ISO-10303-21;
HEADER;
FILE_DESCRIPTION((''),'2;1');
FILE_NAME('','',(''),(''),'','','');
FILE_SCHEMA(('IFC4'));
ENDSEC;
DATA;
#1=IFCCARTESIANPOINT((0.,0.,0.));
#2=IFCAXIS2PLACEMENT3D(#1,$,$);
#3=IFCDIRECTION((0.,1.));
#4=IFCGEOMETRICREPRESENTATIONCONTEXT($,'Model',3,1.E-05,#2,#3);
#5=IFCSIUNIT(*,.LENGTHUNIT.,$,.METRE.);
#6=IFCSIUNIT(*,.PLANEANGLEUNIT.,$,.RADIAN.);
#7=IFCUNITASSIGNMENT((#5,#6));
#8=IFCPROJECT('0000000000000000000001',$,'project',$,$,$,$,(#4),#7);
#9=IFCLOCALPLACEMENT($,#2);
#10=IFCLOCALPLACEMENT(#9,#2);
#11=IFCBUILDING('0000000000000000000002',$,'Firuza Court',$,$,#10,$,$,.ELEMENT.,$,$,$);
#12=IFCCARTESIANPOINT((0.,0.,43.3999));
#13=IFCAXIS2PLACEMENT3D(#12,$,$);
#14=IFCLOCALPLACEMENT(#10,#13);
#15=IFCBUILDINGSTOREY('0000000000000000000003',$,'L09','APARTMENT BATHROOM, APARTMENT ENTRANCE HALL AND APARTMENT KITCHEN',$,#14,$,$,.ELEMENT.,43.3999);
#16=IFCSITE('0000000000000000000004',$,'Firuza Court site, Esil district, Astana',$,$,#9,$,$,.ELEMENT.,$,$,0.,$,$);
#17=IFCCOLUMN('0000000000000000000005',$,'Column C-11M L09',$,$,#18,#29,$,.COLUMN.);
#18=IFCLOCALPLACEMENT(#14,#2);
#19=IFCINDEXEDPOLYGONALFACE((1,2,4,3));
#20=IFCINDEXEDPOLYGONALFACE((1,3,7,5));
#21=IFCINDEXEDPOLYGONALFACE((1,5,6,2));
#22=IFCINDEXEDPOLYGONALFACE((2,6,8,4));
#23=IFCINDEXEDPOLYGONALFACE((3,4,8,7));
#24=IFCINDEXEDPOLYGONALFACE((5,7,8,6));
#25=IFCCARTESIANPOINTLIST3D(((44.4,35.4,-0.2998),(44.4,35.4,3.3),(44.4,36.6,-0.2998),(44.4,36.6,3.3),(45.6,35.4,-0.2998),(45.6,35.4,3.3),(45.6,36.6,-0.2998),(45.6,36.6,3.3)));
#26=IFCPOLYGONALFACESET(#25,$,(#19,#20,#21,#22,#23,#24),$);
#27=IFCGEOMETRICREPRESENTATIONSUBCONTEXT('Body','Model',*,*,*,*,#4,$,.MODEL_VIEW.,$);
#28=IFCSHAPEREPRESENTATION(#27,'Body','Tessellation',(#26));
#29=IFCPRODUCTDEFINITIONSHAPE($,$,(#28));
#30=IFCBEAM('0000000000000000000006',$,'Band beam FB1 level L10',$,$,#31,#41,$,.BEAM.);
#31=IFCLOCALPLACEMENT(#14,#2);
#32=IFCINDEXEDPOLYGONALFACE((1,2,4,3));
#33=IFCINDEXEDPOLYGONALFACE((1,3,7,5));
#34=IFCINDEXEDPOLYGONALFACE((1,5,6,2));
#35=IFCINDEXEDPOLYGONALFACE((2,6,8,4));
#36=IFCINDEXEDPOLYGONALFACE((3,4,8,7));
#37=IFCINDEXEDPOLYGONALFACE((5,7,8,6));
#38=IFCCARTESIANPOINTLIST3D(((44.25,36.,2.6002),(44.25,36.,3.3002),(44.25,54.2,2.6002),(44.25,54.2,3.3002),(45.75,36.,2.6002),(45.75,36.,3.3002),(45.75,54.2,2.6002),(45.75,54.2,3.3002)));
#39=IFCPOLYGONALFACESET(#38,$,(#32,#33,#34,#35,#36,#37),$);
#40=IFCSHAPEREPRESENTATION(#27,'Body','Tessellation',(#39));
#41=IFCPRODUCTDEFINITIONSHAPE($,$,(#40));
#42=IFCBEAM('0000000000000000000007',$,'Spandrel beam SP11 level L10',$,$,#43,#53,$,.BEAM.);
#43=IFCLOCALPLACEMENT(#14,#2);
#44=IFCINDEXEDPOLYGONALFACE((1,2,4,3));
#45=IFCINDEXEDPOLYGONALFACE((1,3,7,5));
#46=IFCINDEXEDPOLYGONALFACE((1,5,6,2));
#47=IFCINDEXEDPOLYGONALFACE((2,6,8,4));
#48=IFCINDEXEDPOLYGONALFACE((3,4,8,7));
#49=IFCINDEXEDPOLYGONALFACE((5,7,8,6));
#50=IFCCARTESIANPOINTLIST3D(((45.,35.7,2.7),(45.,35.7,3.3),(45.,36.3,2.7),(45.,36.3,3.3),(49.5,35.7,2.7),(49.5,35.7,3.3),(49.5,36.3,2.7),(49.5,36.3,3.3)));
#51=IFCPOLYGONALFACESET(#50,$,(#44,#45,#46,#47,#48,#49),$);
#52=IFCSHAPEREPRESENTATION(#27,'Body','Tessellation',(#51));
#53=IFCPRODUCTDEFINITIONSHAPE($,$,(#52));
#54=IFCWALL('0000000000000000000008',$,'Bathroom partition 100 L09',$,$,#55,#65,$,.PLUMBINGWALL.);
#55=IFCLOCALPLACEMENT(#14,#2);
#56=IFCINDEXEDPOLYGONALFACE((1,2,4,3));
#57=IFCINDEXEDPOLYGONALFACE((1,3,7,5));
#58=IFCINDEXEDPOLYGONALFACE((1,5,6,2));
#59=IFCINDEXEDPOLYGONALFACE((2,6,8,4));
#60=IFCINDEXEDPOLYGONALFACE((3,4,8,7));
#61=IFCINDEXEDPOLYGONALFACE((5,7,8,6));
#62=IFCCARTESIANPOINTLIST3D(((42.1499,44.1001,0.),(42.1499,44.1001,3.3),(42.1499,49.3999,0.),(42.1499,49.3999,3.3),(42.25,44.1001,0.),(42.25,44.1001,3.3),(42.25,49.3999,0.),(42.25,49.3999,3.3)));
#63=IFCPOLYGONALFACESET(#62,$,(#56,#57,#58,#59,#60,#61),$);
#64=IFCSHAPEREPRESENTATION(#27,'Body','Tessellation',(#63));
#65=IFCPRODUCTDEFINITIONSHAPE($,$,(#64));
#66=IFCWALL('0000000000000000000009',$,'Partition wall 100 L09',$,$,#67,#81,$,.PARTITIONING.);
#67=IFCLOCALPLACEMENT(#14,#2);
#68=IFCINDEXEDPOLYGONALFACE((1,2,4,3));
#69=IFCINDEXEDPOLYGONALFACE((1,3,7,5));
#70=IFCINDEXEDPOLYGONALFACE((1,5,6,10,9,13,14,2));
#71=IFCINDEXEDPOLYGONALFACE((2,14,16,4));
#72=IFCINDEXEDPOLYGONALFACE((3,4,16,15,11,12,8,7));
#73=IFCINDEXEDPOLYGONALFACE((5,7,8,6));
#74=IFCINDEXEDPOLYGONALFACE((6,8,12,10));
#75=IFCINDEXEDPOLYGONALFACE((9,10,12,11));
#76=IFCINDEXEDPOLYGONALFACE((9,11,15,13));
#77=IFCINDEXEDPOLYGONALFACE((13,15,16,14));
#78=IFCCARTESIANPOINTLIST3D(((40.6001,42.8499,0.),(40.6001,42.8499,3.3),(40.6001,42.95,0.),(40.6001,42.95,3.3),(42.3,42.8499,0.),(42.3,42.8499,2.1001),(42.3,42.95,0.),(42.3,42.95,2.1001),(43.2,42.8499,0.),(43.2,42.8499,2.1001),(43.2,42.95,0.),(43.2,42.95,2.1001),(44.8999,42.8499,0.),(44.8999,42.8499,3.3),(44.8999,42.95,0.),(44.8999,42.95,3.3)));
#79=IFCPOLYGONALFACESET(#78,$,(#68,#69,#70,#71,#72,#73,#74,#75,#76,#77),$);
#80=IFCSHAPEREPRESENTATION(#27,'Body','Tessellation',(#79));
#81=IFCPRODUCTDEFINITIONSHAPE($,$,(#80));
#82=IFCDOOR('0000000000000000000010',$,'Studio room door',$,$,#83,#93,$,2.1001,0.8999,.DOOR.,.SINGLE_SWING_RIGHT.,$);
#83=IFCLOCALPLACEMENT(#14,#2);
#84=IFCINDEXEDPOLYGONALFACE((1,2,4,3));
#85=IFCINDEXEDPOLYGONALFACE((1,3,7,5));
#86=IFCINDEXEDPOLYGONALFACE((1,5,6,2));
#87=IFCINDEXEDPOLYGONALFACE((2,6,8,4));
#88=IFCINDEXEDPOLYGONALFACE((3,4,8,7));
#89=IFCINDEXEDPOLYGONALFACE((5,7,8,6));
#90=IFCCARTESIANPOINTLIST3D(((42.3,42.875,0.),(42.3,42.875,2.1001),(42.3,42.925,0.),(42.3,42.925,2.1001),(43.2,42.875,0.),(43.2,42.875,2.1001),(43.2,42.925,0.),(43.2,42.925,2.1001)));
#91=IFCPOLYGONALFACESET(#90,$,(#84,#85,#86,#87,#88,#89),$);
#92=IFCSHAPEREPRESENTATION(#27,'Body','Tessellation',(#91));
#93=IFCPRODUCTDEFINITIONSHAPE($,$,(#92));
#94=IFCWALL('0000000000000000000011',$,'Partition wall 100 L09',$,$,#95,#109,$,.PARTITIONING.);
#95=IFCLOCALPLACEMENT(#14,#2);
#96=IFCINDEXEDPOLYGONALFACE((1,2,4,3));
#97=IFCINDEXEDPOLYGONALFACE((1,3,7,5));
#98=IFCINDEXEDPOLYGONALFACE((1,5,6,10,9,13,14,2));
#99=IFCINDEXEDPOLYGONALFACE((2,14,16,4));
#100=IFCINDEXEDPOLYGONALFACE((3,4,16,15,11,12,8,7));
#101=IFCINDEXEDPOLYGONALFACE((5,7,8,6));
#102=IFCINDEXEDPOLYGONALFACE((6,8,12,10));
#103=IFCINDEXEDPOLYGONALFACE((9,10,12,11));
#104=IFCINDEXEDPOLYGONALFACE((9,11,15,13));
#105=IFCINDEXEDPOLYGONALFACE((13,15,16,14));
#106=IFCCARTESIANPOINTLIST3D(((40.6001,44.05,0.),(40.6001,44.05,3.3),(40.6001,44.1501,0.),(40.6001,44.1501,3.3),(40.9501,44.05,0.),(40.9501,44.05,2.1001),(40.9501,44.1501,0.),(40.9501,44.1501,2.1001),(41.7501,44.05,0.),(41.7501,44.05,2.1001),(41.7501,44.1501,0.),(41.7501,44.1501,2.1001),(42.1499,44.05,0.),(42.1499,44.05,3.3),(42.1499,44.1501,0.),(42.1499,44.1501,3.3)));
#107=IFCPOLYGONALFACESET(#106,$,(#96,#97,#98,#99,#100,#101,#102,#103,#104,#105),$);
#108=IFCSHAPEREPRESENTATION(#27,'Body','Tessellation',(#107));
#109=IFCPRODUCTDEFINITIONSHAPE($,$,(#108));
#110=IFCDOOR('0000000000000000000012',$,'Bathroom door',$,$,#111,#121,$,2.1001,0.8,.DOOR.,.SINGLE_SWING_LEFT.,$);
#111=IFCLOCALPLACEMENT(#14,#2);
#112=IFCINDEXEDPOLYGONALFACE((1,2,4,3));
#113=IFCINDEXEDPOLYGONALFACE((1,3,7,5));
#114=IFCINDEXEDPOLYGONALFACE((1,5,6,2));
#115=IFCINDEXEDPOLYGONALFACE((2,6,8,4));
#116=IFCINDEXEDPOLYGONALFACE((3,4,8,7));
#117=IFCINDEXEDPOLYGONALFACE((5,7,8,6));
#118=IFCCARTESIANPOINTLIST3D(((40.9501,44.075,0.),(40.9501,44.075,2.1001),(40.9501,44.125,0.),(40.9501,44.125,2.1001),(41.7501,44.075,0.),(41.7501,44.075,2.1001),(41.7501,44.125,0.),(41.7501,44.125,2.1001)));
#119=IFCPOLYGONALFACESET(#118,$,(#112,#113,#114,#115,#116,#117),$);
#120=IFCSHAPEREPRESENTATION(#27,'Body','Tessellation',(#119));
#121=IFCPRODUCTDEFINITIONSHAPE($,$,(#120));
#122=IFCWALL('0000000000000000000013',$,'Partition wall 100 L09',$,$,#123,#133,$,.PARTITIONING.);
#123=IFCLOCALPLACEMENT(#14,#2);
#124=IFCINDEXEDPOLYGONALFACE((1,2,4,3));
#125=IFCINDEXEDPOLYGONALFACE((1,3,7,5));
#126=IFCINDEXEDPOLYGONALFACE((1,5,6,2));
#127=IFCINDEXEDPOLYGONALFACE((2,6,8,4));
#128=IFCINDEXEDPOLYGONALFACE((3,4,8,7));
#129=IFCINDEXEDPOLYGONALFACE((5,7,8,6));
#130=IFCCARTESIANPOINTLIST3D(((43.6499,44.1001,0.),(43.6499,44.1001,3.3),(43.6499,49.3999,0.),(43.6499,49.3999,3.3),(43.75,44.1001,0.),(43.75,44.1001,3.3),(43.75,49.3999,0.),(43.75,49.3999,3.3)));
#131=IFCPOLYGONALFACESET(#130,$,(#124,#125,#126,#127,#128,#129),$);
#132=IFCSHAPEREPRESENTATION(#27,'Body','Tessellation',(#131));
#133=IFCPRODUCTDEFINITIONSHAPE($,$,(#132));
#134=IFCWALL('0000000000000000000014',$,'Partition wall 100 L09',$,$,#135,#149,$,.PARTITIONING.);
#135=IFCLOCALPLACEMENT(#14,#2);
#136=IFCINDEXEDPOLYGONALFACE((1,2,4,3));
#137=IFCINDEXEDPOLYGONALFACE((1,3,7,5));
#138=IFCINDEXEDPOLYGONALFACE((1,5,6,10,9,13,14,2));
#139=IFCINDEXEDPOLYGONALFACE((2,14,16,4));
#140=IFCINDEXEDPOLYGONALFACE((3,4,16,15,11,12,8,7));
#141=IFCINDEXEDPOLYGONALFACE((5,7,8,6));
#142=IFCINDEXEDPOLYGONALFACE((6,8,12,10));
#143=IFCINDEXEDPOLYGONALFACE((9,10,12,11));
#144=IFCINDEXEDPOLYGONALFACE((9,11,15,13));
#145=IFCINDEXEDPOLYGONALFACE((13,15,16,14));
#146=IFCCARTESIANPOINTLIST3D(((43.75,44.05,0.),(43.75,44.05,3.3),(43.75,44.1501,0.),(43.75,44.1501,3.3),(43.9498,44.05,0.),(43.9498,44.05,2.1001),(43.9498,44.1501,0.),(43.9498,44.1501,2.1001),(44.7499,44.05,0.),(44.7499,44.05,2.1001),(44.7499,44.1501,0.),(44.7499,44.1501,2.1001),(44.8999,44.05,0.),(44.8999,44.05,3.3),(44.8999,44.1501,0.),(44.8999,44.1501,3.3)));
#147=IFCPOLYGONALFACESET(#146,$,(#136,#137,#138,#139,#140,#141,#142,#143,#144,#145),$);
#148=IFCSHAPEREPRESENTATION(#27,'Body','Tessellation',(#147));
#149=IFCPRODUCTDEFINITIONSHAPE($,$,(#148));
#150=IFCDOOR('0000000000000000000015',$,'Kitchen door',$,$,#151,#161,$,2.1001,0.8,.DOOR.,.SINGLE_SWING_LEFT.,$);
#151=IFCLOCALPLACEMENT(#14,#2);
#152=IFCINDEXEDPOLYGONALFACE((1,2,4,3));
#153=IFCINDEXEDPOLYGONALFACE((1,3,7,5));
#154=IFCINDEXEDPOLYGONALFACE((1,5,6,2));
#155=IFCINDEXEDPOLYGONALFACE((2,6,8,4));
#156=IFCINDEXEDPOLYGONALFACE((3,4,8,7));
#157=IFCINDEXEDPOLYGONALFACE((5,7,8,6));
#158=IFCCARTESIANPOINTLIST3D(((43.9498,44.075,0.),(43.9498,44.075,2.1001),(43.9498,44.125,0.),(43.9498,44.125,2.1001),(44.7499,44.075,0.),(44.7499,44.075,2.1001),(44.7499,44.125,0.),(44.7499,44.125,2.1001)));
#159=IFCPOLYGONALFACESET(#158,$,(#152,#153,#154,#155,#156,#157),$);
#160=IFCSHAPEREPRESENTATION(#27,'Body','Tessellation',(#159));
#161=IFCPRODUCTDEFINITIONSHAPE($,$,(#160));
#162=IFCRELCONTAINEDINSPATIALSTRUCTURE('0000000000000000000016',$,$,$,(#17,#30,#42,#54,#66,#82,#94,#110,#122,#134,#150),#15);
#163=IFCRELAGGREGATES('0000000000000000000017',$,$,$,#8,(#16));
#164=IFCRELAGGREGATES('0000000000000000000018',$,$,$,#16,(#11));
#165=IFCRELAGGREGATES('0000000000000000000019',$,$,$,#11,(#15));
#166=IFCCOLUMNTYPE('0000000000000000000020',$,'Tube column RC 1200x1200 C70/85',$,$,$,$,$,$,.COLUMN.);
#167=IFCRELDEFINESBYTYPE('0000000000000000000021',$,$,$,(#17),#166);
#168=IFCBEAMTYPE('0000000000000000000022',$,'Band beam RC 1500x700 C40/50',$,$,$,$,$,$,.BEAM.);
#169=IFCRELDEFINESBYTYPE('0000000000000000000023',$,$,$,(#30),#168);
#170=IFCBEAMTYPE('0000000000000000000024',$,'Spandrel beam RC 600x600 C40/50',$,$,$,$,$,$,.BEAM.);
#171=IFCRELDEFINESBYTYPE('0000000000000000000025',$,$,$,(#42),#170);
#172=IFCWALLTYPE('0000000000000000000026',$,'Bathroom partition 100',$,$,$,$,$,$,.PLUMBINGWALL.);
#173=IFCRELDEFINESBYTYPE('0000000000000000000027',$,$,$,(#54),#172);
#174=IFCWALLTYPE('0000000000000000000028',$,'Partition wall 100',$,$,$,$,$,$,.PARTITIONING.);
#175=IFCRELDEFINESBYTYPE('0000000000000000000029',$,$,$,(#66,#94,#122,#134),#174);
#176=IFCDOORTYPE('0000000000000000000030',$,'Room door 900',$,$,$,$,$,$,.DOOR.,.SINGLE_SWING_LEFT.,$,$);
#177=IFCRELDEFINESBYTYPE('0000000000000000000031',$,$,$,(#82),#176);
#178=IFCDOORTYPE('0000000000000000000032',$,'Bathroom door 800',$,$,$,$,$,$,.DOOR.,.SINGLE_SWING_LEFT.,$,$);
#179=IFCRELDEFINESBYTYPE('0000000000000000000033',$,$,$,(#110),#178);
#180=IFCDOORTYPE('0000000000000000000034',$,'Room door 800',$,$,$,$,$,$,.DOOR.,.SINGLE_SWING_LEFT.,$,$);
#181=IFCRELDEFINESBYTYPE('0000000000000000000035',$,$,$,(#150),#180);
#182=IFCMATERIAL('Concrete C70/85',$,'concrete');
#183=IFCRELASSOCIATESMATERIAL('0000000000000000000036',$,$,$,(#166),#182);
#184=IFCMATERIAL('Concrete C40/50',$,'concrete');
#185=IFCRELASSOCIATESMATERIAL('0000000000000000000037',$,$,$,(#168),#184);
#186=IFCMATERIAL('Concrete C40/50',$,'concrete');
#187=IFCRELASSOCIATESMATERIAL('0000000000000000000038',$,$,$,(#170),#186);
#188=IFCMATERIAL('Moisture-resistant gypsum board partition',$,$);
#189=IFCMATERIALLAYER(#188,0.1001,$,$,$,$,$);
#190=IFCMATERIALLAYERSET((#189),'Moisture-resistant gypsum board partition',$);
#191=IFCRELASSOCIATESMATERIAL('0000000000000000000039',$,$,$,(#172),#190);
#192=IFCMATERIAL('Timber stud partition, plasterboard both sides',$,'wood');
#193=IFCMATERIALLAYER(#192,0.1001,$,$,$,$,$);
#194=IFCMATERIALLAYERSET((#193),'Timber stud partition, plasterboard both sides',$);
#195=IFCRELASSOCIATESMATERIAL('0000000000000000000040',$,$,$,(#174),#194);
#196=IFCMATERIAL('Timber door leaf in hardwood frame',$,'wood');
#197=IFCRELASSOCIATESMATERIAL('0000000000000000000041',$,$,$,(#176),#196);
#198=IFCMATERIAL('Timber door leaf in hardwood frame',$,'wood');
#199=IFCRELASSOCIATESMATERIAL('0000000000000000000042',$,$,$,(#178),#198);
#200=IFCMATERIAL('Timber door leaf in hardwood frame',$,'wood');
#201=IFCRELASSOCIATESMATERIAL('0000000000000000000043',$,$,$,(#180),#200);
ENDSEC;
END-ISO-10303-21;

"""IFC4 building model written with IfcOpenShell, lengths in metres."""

from ifc_helpers import new_model, si_unit, direction, frame, frame_2d, origin, origin_2d, place, context, subcontext, project, spatial, rectangle, extrude, material, layer, layer_set, material_profile, profile_set, type_object, element, fill, save


model = new_model("IFC4")

# Units and contexts
model_context = context("Model", 3, precision=1e-05, world=origin(), true_north=direction((0.0, 1.0)))
body_context = subcontext(model_context, "Body", "Model", "MODEL_VIEW")
ifc_project = project(units=[si_unit("LENGTHUNIT", "METRE"), si_unit("PLANEANGLEUNIT", "RADIAN")], contexts=[model_context])

# Site, building, storey
site_placement = place(None, origin())
site = spatial("IfcSite", under=ifc_project, at=site_placement, Name="Firuza Court site, Esil district, Astana", CompositionType="ELEMENT", RefElevation=0.0)
building_placement = place(site_placement, origin())
building = spatial("IfcBuilding", under=site, at=building_placement, Name="Firuza Court", CompositionType="ELEMENT")
storey_placement = place(building_placement, frame((0.0, 0.0, 43.3999)))
storey = spatial("IfcBuildingStorey", under=building, at=storey_placement, Name="L09", Description="APARTMENT BATHROOM, APARTMENT ENTRANCE HALL AND APARTMENT KITCHEN", CompositionType="ELEMENT", Elevation=43.3999)

# Column
ifc_material_1 = material(Name="Concrete C70/85", Category="concrete")
ifc_material_profile_1 = material_profile(ifc_material_1, rectangle(XDim=1.2, YDim=1.2, at=origin_2d()), Name="RC 1200x1200")
ifc_profile_set_1 = profile_set([ifc_material_profile_1], Name="Concrete C70/85")
column_type = type_object("IfcColumnType", Name="Tube column RC 1200x1200 C70/85", PredefinedType="COLUMN", material=ifc_profile_set_1)
column_placement = place(storey_placement, frame((45.0, 36.0, -0.2998), z_axis=(0.0, 0.0, 1.0), x_axis=(1.0, 0.0, 0.0)))
element("IfcColumn", 1, at=column_placement, inside=storey, type_object=column_type, Name="Column C-11M L09", PredefinedType="COLUMN", context=body_context, shape_type="SweptSolid", body=[
    extrude(rectangle(XDim=1.2, YDim=1.2, at=origin_2d()), origin(), (0.0, 0.0, 1.0), 3.5999),
])

# Beams
ifc_material_2 = material(Name="Concrete C40/50", Category="concrete")
ifc_material_profile_2 = material_profile(ifc_material_2, rectangle(XDim=1.5, YDim=0.7, at=origin_2d()), Name="RC 1500x700")
ifc_profile_set_2 = profile_set([ifc_material_profile_2], Name="Concrete C40/50")
beam_type_1 = type_object("IfcBeamType", Name="Band beam RC 1500x700 C40/50", PredefinedType="BEAM", material=ifc_profile_set_2)
beam_1_placement = place(storey_placement, frame((45.0, 36.0, 2.9502), z_axis=(0.0, 1.0, 0.0), x_axis=(-1.0, 0.0, 0.0)))
element("IfcBeam", 2, at=beam_1_placement, inside=storey, type_object=beam_type_1, Name="Band beam FB1 level L10", PredefinedType="BEAM", context=body_context, shape_type="SweptSolid", body=[
    extrude(rectangle(XDim=1.5, YDim=0.7, at=origin_2d()), origin(), (0.0, 0.0, 1.0), 18.2),
])
ifc_material_3 = material(Name="Concrete C40/50", Category="concrete")
ifc_material_profile_3 = material_profile(ifc_material_3, rectangle(XDim=0.6001, YDim=0.6001, at=origin_2d()), Name="RC 600x600")
ifc_profile_set_3 = profile_set([ifc_material_profile_3], Name="Concrete C40/50")
beam_type_2 = type_object("IfcBeamType", Name="Spandrel beam RC 600x600 C40/50", PredefinedType="BEAM", material=ifc_profile_set_3)
beam_2_placement = place(storey_placement, frame((45.0, 36.0, 3.0), z_axis=(1.0, 0.0, 0.0), x_axis=(0.0, 1.0, 0.0)))
element("IfcBeam", 3, at=beam_2_placement, inside=storey, type_object=beam_type_2, Name="Spandrel beam SP11 level L10", PredefinedType="BEAM", context=body_context, shape_type="SweptSolid", body=[
    extrude(rectangle(XDim=0.6001, YDim=0.6001, at=origin_2d()), origin(), (0.0, 0.0, 1.0), 4.5),
])

# Wall
ifc_material_4 = material(Name="Moisture-resistant gypsum board partition")
ifc_layer_1 = layer(ifc_material_4, 0.1001)
ifc_layer_set_1 = layer_set([ifc_layer_1], Name="Moisture-resistant gypsum board partition")
wall_type_1 = type_object("IfcWallType", Name="Bathroom partition 100", PredefinedType="PLUMBINGWALL", material=ifc_layer_set_1)
wall_1_placement = place(storey_placement, frame((42.2, 44.1001, 0.0), z_axis=(0.0, 0.0, 1.0), x_axis=(0.0, 1.0, 0.0)))
element("IfcWall", 4, at=wall_1_placement, inside=storey, type_object=wall_type_1, Name="Bathroom partition 100 L09", PredefinedType="PLUMBINGWALL", context=body_context, shape_type="SweptSolid", body=[
    extrude(rectangle(XDim=5.2998, YDim=0.1001, at=frame_2d((2.6499, 0.0))), origin(), (0.0, 0.0, 1.0), 3.3),
])

# Walls, openings, doors
ifc_material_5 = material(Name="Timber stud partition, plasterboard both sides", Category="wood")
ifc_layer_2 = layer(ifc_material_5, 0.1001)
ifc_layer_set_2 = layer_set([ifc_layer_2], Name="Timber stud partition, plasterboard both sides")
wall_type_2 = type_object("IfcWallType", Name="Partition wall 100", PredefinedType="PARTITIONING", material=ifc_layer_set_2)
wall_2_placement = place(storey_placement, frame((40.6001, 42.8999, 0.0), z_axis=(0.0, 0.0, 1.0), x_axis=(1.0, 0.0, 0.0)))
wall_2 = element("IfcWall", 5, at=wall_2_placement, inside=storey, type_object=wall_type_2, Name="Partition wall 100 L09", PredefinedType="PARTITIONING", context=body_context, shape_type="SweptSolid", body=[
    extrude(rectangle(XDim=4.2998, YDim=0.1001, at=frame_2d((2.1499, 0.0))), origin(), (0.0, 0.0, 1.0), 3.3),
])
opening_1_placement = place(wall_2_placement, frame((1.7, 0.0, 0.0)))
opening_1 = element("IfcOpeningElement", 6, at=opening_1_placement, cuts=wall_2, PredefinedType="OPENING", context=body_context, shape_type="SweptSolid", body=[
    extrude(rectangle(XDim=0.8999, YDim=2.1001, at=frame_2d((0.45, 1.05))), frame((0.0, 0.062, 0.0), z_axis=(0.0, -1.0, 0.0), x_axis=(1.0, 0.0, 0.0)), (0.0, 0.0, 1.0), 0.124),
])
ifc_material_6 = material(Name="Timber door leaf in hardwood frame", Category="wood")
door_type_1 = type_object("IfcDoorType", Name="Room door 900", OperationType="SINGLE_SWING_LEFT", PredefinedType="DOOR", material=ifc_material_6)
door_1_placement = place(opening_1_placement, frame((0.8999, 0.0, 0.0), z_axis=(0.0, 0.0, 1.0), x_axis=(-1.0, 0.0, 0.0)))
door_1 = element("IfcDoor", 7, at=door_1_placement, inside=storey, type_object=door_type_1, Name="Studio room door", OperationType="SINGLE_SWING_RIGHT", OverallHeight=2.1001, OverallWidth=0.8999, PredefinedType="DOOR", context=body_context, shape_type="SweptSolid", body=[
    extrude(rectangle(XDim=0.8999, YDim=2.1001, at=frame_2d((0.45, 1.05))), frame((0.0, 0.0249, 0.0), z_axis=(0.0, -1.0, 0.0), x_axis=(1.0, 0.0, 0.0)), (0.0, 0.0, 1.0), 0.05),
])
fill(opening_1, door_1)
wall_3_placement = place(storey_placement, frame((40.6001, 44.1001, 0.0), z_axis=(0.0, 0.0, 1.0), x_axis=(1.0, 0.0, 0.0)))
wall_3 = element("IfcWall", 8, at=wall_3_placement, inside=storey, type_object=wall_type_2, Name="Partition wall 100 L09", PredefinedType="PARTITIONING", context=body_context, shape_type="SweptSolid", body=[
    extrude(rectangle(XDim=1.5498, YDim=0.1001, at=frame_2d((0.7749, 0.0))), origin(), (0.0, 0.0, 1.0), 3.3),
])
opening_2_placement = place(wall_3_placement, frame((0.3501, 0.0, 0.0)))
opening_2 = element("IfcOpeningElement", 9, at=opening_2_placement, cuts=wall_3, PredefinedType="OPENING", context=body_context, shape_type="SweptSolid", body=[
    extrude(rectangle(XDim=0.8, YDim=2.1001, at=frame_2d((0.3999, 1.05))), frame((0.0, 0.062, 0.0), z_axis=(0.0, -1.0, 0.0), x_axis=(1.0, 0.0, 0.0)), (0.0, 0.0, 1.0), 0.124),
])
ifc_material_7 = material(Name="Timber door leaf in hardwood frame", Category="wood")
door_type_2 = type_object("IfcDoorType", Name="Bathroom door 800", OperationType="SINGLE_SWING_LEFT", PredefinedType="DOOR", material=ifc_material_7)
door_2_placement = place(opening_2_placement, origin())
door_2 = element("IfcDoor", 10, at=door_2_placement, inside=storey, type_object=door_type_2, Name="Bathroom door", OperationType="SINGLE_SWING_LEFT", OverallHeight=2.1001, OverallWidth=0.8, PredefinedType="DOOR", context=body_context, shape_type="SweptSolid", body=[
    extrude(rectangle(XDim=0.8, YDim=2.1001, at=frame_2d((0.3999, 1.05))), frame((0.0, 0.0249, 0.0), z_axis=(0.0, -1.0, 0.0), x_axis=(1.0, 0.0, 0.0)), (0.0, 0.0, 1.0), 0.05),
])
fill(opening_2, door_2)

# Wall
wall_4_placement = place(storey_placement, frame((43.7, 44.1001, 0.0), z_axis=(0.0, 0.0, 1.0), x_axis=(0.0, 1.0, 0.0)))
element("IfcWall", 11, at=wall_4_placement, inside=storey, type_object=wall_type_2, Name="Partition wall 100 L09", PredefinedType="PARTITIONING", context=body_context, shape_type="SweptSolid", body=[
    extrude(rectangle(XDim=5.2998, YDim=0.1001, at=frame_2d((2.6499, 0.0))), origin(), (0.0, 0.0, 1.0), 3.3),
])

# Wall, opening, door
wall_5_placement = place(storey_placement, frame((43.75, 44.1001, 0.0), z_axis=(0.0, 0.0, 1.0), x_axis=(1.0, 0.0, 0.0)))
wall_5 = element("IfcWall", 12, at=wall_5_placement, inside=storey, type_object=wall_type_2, Name="Partition wall 100 L09", PredefinedType="PARTITIONING", context=body_context, shape_type="SweptSolid", body=[
    extrude(rectangle(XDim=1.1499, YDim=0.1001, at=frame_2d((0.575, 0.0))), origin(), (0.0, 0.0, 1.0), 3.3),
])
opening_3_placement = place(wall_5_placement, frame((0.2, 0.0, 0.0)))
opening_3 = element("IfcOpeningElement", 13, at=opening_3_placement, cuts=wall_5, PredefinedType="OPENING", context=body_context, shape_type="SweptSolid", body=[
    extrude(rectangle(XDim=0.8, YDim=2.1001, at=frame_2d((0.3999, 1.05))), frame((0.0, 0.062, 0.0), z_axis=(0.0, -1.0, 0.0), x_axis=(1.0, 0.0, 0.0)), (0.0, 0.0, 1.0), 0.124),
])
ifc_material_8 = material(Name="Timber door leaf in hardwood frame", Category="wood")
door_type_3 = type_object("IfcDoorType", Name="Room door 800", OperationType="SINGLE_SWING_LEFT", PredefinedType="DOOR", material=ifc_material_8)
door_3_placement = place(opening_3_placement, origin())
door_3 = element("IfcDoor", 14, at=door_3_placement, inside=storey, type_object=door_type_3, Name="Kitchen door", OperationType="SINGLE_SWING_LEFT", OverallHeight=2.1001, OverallWidth=0.8, PredefinedType="DOOR", context=body_context, shape_type="SweptSolid", body=[
    extrude(rectangle(XDim=0.8, YDim=2.1001, at=frame_2d((0.3999, 1.05))), frame((0.0, 0.0249, 0.0), z_axis=(0.0, -1.0, 0.0), x_axis=(1.0, 0.0, 0.0)), (0.0, 0.0, 1.0), 0.05),
])
fill(opening_3, door_3)

save(model, "model.ifc")
